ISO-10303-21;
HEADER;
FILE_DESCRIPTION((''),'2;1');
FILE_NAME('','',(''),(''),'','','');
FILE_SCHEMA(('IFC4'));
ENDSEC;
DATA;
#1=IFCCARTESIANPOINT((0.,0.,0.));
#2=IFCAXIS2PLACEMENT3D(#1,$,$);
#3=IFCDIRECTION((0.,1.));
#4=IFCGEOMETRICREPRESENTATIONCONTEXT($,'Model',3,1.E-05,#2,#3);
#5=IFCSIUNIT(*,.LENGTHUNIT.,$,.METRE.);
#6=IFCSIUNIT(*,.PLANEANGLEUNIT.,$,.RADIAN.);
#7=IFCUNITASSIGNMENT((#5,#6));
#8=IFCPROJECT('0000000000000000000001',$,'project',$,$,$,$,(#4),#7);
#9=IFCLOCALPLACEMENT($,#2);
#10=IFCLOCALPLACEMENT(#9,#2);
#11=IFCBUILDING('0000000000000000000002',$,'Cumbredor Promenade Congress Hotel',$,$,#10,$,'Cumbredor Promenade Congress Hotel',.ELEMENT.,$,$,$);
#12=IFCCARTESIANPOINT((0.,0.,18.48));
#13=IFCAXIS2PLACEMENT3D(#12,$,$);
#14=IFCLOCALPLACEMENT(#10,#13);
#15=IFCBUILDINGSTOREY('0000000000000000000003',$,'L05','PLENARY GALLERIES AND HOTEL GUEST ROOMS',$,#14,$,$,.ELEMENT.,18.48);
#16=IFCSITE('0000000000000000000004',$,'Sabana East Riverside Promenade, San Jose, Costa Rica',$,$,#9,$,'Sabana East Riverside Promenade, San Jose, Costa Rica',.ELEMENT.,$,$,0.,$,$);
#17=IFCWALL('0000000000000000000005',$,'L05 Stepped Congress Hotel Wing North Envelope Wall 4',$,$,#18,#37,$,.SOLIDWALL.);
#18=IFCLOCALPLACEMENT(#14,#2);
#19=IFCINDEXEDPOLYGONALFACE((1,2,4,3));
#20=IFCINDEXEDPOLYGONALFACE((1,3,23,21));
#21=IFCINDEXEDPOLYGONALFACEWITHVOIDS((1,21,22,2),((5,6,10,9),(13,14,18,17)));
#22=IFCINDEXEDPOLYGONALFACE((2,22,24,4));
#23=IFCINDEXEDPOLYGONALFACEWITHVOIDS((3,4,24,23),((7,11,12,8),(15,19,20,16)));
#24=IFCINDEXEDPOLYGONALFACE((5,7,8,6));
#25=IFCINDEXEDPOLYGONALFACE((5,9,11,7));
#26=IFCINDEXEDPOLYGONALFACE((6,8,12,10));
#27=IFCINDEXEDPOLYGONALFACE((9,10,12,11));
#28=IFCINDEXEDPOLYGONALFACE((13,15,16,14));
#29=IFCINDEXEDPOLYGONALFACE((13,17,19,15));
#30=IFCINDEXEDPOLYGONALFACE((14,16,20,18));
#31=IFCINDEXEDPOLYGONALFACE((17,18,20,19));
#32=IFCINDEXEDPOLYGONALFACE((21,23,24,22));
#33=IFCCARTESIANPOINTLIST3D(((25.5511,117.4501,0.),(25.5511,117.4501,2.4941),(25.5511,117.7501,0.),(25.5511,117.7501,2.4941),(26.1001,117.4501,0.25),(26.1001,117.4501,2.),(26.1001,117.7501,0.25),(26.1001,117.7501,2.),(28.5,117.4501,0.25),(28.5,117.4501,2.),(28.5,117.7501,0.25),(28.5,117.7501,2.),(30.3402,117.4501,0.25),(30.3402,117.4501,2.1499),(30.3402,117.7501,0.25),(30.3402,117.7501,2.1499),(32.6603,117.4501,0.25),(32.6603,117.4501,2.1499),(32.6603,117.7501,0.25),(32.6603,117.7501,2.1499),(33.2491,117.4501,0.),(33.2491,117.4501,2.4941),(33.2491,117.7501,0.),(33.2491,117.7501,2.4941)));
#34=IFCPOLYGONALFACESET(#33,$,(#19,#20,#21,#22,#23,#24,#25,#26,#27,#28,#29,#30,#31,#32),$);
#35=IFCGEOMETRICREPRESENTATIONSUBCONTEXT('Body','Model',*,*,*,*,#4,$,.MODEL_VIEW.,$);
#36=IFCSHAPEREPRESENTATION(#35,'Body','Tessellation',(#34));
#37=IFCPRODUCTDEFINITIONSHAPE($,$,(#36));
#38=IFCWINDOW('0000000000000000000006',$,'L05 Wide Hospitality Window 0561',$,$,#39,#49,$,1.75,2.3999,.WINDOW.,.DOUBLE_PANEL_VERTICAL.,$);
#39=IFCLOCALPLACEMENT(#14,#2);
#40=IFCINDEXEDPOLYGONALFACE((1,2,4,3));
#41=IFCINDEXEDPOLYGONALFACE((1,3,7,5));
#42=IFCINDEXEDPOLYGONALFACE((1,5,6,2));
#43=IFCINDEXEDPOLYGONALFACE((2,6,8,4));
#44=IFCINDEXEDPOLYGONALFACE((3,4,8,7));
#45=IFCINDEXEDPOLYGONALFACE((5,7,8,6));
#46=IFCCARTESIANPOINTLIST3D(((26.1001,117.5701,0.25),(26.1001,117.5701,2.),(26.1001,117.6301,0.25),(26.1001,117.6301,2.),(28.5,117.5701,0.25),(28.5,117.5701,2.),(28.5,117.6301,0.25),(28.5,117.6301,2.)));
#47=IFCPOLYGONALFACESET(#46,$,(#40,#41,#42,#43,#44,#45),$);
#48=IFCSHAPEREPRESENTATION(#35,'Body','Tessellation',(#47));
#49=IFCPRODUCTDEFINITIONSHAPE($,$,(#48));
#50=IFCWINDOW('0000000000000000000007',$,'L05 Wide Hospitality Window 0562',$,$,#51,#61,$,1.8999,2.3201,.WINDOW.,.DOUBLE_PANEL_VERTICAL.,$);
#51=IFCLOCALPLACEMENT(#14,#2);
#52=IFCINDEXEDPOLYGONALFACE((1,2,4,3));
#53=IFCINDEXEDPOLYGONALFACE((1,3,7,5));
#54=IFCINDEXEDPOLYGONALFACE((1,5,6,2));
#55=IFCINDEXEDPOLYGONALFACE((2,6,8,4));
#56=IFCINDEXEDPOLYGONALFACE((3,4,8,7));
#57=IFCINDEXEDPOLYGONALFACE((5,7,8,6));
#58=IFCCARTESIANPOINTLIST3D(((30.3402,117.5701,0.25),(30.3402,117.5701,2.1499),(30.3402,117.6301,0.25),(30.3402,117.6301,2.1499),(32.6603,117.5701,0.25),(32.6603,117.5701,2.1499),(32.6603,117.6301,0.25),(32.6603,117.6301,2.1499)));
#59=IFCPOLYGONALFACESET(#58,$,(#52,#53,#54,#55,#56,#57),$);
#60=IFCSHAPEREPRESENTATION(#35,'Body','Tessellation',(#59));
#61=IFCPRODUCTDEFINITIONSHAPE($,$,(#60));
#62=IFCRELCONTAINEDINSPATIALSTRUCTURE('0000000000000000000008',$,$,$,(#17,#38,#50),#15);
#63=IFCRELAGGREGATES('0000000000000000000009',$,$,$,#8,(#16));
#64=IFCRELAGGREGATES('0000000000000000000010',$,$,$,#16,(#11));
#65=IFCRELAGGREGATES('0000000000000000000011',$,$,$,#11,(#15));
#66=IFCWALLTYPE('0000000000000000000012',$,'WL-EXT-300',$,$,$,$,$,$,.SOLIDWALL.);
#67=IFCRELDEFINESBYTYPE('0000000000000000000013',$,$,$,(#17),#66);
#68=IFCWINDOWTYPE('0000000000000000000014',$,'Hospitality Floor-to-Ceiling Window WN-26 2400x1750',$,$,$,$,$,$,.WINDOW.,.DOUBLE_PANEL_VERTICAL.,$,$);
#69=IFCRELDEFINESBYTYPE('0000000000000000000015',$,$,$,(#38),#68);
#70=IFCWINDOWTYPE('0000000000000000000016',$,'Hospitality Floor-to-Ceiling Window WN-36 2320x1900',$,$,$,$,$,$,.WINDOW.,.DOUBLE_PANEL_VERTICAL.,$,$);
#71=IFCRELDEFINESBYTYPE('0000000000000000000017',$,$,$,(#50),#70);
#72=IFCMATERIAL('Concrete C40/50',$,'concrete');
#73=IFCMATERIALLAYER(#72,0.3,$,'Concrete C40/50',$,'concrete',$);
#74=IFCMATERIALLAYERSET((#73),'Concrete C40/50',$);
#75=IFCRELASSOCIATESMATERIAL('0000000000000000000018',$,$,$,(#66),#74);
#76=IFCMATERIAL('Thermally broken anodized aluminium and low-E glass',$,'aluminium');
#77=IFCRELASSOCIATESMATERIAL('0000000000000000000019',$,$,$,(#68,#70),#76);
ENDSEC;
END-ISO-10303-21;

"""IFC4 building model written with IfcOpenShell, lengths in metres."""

from ifc_helpers import new_model, si_unit, direction, frame, frame_2d, origin, place, context, subcontext, project, spatial, rectangle, extrude, material, layer, layer_set, type_object, element, fill, save


model = new_model("IFC4")

# Units and contexts
model_context = context("Model", 3, precision=1e-05, world=origin(), true_north=direction((0.0, 1.0)))
body_context = subcontext(model_context, "Body", "Model", "MODEL_VIEW")
ifc_project = project(units=[si_unit("LENGTHUNIT", "METRE"), si_unit("PLANEANGLEUNIT", "RADIAN")], contexts=[model_context])

# Site, building, storey
site_placement = place(None, origin())
site = spatial("IfcSite", under=ifc_project, at=site_placement, Name="Sabana East Riverside Promenade, San Jose, Costa Rica", LongName="Sabana East Riverside Promenade, San Jose, Costa Rica", CompositionType="ELEMENT", RefElevation=0.0)
building_placement = place(site_placement, origin())
building = spatial("IfcBuilding", under=site, at=building_placement, Name="Cumbredor Promenade Congress Hotel", LongName="Cumbredor Promenade Congress Hotel", CompositionType="ELEMENT")
storey_placement = place(building_placement, frame((0.0, 0.0, 18.48)))
storey = spatial("IfcBuildingStorey", under=building, at=storey_placement, Name="L05", Description="PLENARY GALLERIES AND HOTEL GUEST ROOMS", CompositionType="ELEMENT", Elevation=18.48)

# Shared definitions
ifc_material_1 = material(Name="Concrete C40/50", Category="concrete")

# Shared definitions
ifc_material_2 = material(Name="Thermally broken anodized aluminium and low-E glass", Category="aluminium")

# Wall, openings, windows
ifc_layer_1 = layer(ifc_material_1, 0.3, Name="Concrete C40/50", Category="concrete")
ifc_layer_set_1 = layer_set([ifc_layer_1], Name="Concrete C40/50")
wall_type_1 = type_object("IfcWallType", Name="WL-EXT-300", PredefinedType="SOLIDWALL", material=ifc_layer_set_1)
wall_1_placement = place(storey_placement, frame((25.551, 117.6001, 0.0), z_axis=(0.0, 0.0, 1.0), x_axis=(1.0, 0.0, 0.0)))
wall_1 = element("IfcWall", 1, at=wall_1_placement, inside=storey, type_object=wall_type_1, Name="L05 Stepped Congress Hotel Wing North Envelope Wall 4", PredefinedType="SOLIDWALL", context=body_context, shape_type="SweptSolid", body=[
    extrude(rectangle(XDim=7.698, YDim=0.3, at=frame_2d((3.8491, 0.0))), origin(), (0.0, 0.0, 1.0), 2.4941),
])
opening_1_placement = place(wall_1_placement, frame((0.5491, 0.0, 0.25)))
opening_1 = element("IfcOpeningElement", 2, at=opening_1_placement, cuts=wall_1, PredefinedType="OPENING", context=body_context, shape_type="SweptSolid", body=[
    extrude(rectangle(XDim=2.3999, YDim=1.75, at=frame_2d((1.2, 0.875))), frame((0.0, 0.1602, 0.0), z_axis=(0.0, -1.0, 0.0), x_axis=(1.0, 0.0, 0.0)), (0.0, 0.0, 1.0), 0.3201),
])
opening_2_placement = place(wall_1_placement, frame((4.7891, 0.0, 0.25)))
opening_2 = element("IfcOpeningElement", 3, at=opening_2_placement, cuts=wall_1, PredefinedType="OPENING", context=body_context, shape_type="SweptSolid", body=[
    extrude(rectangle(XDim=2.3201, YDim=1.8999, at=frame_2d((1.1602, 0.95))), frame((0.0, 0.1602, 0.0), z_axis=(0.0, -1.0, 0.0), x_axis=(1.0, 0.0, 0.0)), (0.0, 0.0, 1.0), 0.3201),
])
window_type_1 = type_object("IfcWindowType", Name="Hospitality Floor-to-Ceiling Window WN-26 2400x1750", PartitioningType="DOUBLE_PANEL_VERTICAL", PredefinedType="WINDOW", material=ifc_material_2)
window_1_placement = place(opening_1_placement, origin())
window_1 = element("IfcWindow", 4, at=window_1_placement, inside=storey, type_object=window_type_1, Name="L05 Wide Hospitality Window 0561", OverallHeight=1.75, OverallWidth=2.3999, PartitioningType="DOUBLE_PANEL_VERTICAL", PredefinedType="WINDOW", context=body_context, shape_type="SweptSolid", body=[
    extrude(rectangle(XDim=2.3999, YDim=1.75, at=frame_2d((1.2, 0.875))), frame((0.0, 0.03, 0.0), z_axis=(0.0, -1.0, 0.0), x_axis=(1.0, 0.0, 0.0)), (0.0, 0.0, 1.0), 0.0601),
])
fill(opening_1, window_1)
window_type_2 = type_object("IfcWindowType", Name="Hospitality Floor-to-Ceiling Window WN-36 2320x1900", PartitioningType="DOUBLE_PANEL_VERTICAL", PredefinedType="WINDOW", material=ifc_material_2)
window_2_placement = place(opening_2_placement, origin())
window_2 = element("IfcWindow", 5, at=window_2_placement, inside=storey, type_object=window_type_2, Name="L05 Wide Hospitality Window 0562", OverallHeight=1.8999, OverallWidth=2.3201, PartitioningType="DOUBLE_PANEL_VERTICAL", PredefinedType="WINDOW", context=body_context, shape_type="SweptSolid", body=[
    extrude(rectangle(XDim=2.3201, YDim=1.8999, at=frame_2d((1.1602, 0.95))), frame((0.0, 0.03, 0.0), z_axis=(0.0, -1.0, 0.0), x_axis=(1.0, 0.0, 0.0)), (0.0, 0.0, 1.0), 0.0601),
])
fill(opening_2, window_2)

save(model, "model.ifc")
